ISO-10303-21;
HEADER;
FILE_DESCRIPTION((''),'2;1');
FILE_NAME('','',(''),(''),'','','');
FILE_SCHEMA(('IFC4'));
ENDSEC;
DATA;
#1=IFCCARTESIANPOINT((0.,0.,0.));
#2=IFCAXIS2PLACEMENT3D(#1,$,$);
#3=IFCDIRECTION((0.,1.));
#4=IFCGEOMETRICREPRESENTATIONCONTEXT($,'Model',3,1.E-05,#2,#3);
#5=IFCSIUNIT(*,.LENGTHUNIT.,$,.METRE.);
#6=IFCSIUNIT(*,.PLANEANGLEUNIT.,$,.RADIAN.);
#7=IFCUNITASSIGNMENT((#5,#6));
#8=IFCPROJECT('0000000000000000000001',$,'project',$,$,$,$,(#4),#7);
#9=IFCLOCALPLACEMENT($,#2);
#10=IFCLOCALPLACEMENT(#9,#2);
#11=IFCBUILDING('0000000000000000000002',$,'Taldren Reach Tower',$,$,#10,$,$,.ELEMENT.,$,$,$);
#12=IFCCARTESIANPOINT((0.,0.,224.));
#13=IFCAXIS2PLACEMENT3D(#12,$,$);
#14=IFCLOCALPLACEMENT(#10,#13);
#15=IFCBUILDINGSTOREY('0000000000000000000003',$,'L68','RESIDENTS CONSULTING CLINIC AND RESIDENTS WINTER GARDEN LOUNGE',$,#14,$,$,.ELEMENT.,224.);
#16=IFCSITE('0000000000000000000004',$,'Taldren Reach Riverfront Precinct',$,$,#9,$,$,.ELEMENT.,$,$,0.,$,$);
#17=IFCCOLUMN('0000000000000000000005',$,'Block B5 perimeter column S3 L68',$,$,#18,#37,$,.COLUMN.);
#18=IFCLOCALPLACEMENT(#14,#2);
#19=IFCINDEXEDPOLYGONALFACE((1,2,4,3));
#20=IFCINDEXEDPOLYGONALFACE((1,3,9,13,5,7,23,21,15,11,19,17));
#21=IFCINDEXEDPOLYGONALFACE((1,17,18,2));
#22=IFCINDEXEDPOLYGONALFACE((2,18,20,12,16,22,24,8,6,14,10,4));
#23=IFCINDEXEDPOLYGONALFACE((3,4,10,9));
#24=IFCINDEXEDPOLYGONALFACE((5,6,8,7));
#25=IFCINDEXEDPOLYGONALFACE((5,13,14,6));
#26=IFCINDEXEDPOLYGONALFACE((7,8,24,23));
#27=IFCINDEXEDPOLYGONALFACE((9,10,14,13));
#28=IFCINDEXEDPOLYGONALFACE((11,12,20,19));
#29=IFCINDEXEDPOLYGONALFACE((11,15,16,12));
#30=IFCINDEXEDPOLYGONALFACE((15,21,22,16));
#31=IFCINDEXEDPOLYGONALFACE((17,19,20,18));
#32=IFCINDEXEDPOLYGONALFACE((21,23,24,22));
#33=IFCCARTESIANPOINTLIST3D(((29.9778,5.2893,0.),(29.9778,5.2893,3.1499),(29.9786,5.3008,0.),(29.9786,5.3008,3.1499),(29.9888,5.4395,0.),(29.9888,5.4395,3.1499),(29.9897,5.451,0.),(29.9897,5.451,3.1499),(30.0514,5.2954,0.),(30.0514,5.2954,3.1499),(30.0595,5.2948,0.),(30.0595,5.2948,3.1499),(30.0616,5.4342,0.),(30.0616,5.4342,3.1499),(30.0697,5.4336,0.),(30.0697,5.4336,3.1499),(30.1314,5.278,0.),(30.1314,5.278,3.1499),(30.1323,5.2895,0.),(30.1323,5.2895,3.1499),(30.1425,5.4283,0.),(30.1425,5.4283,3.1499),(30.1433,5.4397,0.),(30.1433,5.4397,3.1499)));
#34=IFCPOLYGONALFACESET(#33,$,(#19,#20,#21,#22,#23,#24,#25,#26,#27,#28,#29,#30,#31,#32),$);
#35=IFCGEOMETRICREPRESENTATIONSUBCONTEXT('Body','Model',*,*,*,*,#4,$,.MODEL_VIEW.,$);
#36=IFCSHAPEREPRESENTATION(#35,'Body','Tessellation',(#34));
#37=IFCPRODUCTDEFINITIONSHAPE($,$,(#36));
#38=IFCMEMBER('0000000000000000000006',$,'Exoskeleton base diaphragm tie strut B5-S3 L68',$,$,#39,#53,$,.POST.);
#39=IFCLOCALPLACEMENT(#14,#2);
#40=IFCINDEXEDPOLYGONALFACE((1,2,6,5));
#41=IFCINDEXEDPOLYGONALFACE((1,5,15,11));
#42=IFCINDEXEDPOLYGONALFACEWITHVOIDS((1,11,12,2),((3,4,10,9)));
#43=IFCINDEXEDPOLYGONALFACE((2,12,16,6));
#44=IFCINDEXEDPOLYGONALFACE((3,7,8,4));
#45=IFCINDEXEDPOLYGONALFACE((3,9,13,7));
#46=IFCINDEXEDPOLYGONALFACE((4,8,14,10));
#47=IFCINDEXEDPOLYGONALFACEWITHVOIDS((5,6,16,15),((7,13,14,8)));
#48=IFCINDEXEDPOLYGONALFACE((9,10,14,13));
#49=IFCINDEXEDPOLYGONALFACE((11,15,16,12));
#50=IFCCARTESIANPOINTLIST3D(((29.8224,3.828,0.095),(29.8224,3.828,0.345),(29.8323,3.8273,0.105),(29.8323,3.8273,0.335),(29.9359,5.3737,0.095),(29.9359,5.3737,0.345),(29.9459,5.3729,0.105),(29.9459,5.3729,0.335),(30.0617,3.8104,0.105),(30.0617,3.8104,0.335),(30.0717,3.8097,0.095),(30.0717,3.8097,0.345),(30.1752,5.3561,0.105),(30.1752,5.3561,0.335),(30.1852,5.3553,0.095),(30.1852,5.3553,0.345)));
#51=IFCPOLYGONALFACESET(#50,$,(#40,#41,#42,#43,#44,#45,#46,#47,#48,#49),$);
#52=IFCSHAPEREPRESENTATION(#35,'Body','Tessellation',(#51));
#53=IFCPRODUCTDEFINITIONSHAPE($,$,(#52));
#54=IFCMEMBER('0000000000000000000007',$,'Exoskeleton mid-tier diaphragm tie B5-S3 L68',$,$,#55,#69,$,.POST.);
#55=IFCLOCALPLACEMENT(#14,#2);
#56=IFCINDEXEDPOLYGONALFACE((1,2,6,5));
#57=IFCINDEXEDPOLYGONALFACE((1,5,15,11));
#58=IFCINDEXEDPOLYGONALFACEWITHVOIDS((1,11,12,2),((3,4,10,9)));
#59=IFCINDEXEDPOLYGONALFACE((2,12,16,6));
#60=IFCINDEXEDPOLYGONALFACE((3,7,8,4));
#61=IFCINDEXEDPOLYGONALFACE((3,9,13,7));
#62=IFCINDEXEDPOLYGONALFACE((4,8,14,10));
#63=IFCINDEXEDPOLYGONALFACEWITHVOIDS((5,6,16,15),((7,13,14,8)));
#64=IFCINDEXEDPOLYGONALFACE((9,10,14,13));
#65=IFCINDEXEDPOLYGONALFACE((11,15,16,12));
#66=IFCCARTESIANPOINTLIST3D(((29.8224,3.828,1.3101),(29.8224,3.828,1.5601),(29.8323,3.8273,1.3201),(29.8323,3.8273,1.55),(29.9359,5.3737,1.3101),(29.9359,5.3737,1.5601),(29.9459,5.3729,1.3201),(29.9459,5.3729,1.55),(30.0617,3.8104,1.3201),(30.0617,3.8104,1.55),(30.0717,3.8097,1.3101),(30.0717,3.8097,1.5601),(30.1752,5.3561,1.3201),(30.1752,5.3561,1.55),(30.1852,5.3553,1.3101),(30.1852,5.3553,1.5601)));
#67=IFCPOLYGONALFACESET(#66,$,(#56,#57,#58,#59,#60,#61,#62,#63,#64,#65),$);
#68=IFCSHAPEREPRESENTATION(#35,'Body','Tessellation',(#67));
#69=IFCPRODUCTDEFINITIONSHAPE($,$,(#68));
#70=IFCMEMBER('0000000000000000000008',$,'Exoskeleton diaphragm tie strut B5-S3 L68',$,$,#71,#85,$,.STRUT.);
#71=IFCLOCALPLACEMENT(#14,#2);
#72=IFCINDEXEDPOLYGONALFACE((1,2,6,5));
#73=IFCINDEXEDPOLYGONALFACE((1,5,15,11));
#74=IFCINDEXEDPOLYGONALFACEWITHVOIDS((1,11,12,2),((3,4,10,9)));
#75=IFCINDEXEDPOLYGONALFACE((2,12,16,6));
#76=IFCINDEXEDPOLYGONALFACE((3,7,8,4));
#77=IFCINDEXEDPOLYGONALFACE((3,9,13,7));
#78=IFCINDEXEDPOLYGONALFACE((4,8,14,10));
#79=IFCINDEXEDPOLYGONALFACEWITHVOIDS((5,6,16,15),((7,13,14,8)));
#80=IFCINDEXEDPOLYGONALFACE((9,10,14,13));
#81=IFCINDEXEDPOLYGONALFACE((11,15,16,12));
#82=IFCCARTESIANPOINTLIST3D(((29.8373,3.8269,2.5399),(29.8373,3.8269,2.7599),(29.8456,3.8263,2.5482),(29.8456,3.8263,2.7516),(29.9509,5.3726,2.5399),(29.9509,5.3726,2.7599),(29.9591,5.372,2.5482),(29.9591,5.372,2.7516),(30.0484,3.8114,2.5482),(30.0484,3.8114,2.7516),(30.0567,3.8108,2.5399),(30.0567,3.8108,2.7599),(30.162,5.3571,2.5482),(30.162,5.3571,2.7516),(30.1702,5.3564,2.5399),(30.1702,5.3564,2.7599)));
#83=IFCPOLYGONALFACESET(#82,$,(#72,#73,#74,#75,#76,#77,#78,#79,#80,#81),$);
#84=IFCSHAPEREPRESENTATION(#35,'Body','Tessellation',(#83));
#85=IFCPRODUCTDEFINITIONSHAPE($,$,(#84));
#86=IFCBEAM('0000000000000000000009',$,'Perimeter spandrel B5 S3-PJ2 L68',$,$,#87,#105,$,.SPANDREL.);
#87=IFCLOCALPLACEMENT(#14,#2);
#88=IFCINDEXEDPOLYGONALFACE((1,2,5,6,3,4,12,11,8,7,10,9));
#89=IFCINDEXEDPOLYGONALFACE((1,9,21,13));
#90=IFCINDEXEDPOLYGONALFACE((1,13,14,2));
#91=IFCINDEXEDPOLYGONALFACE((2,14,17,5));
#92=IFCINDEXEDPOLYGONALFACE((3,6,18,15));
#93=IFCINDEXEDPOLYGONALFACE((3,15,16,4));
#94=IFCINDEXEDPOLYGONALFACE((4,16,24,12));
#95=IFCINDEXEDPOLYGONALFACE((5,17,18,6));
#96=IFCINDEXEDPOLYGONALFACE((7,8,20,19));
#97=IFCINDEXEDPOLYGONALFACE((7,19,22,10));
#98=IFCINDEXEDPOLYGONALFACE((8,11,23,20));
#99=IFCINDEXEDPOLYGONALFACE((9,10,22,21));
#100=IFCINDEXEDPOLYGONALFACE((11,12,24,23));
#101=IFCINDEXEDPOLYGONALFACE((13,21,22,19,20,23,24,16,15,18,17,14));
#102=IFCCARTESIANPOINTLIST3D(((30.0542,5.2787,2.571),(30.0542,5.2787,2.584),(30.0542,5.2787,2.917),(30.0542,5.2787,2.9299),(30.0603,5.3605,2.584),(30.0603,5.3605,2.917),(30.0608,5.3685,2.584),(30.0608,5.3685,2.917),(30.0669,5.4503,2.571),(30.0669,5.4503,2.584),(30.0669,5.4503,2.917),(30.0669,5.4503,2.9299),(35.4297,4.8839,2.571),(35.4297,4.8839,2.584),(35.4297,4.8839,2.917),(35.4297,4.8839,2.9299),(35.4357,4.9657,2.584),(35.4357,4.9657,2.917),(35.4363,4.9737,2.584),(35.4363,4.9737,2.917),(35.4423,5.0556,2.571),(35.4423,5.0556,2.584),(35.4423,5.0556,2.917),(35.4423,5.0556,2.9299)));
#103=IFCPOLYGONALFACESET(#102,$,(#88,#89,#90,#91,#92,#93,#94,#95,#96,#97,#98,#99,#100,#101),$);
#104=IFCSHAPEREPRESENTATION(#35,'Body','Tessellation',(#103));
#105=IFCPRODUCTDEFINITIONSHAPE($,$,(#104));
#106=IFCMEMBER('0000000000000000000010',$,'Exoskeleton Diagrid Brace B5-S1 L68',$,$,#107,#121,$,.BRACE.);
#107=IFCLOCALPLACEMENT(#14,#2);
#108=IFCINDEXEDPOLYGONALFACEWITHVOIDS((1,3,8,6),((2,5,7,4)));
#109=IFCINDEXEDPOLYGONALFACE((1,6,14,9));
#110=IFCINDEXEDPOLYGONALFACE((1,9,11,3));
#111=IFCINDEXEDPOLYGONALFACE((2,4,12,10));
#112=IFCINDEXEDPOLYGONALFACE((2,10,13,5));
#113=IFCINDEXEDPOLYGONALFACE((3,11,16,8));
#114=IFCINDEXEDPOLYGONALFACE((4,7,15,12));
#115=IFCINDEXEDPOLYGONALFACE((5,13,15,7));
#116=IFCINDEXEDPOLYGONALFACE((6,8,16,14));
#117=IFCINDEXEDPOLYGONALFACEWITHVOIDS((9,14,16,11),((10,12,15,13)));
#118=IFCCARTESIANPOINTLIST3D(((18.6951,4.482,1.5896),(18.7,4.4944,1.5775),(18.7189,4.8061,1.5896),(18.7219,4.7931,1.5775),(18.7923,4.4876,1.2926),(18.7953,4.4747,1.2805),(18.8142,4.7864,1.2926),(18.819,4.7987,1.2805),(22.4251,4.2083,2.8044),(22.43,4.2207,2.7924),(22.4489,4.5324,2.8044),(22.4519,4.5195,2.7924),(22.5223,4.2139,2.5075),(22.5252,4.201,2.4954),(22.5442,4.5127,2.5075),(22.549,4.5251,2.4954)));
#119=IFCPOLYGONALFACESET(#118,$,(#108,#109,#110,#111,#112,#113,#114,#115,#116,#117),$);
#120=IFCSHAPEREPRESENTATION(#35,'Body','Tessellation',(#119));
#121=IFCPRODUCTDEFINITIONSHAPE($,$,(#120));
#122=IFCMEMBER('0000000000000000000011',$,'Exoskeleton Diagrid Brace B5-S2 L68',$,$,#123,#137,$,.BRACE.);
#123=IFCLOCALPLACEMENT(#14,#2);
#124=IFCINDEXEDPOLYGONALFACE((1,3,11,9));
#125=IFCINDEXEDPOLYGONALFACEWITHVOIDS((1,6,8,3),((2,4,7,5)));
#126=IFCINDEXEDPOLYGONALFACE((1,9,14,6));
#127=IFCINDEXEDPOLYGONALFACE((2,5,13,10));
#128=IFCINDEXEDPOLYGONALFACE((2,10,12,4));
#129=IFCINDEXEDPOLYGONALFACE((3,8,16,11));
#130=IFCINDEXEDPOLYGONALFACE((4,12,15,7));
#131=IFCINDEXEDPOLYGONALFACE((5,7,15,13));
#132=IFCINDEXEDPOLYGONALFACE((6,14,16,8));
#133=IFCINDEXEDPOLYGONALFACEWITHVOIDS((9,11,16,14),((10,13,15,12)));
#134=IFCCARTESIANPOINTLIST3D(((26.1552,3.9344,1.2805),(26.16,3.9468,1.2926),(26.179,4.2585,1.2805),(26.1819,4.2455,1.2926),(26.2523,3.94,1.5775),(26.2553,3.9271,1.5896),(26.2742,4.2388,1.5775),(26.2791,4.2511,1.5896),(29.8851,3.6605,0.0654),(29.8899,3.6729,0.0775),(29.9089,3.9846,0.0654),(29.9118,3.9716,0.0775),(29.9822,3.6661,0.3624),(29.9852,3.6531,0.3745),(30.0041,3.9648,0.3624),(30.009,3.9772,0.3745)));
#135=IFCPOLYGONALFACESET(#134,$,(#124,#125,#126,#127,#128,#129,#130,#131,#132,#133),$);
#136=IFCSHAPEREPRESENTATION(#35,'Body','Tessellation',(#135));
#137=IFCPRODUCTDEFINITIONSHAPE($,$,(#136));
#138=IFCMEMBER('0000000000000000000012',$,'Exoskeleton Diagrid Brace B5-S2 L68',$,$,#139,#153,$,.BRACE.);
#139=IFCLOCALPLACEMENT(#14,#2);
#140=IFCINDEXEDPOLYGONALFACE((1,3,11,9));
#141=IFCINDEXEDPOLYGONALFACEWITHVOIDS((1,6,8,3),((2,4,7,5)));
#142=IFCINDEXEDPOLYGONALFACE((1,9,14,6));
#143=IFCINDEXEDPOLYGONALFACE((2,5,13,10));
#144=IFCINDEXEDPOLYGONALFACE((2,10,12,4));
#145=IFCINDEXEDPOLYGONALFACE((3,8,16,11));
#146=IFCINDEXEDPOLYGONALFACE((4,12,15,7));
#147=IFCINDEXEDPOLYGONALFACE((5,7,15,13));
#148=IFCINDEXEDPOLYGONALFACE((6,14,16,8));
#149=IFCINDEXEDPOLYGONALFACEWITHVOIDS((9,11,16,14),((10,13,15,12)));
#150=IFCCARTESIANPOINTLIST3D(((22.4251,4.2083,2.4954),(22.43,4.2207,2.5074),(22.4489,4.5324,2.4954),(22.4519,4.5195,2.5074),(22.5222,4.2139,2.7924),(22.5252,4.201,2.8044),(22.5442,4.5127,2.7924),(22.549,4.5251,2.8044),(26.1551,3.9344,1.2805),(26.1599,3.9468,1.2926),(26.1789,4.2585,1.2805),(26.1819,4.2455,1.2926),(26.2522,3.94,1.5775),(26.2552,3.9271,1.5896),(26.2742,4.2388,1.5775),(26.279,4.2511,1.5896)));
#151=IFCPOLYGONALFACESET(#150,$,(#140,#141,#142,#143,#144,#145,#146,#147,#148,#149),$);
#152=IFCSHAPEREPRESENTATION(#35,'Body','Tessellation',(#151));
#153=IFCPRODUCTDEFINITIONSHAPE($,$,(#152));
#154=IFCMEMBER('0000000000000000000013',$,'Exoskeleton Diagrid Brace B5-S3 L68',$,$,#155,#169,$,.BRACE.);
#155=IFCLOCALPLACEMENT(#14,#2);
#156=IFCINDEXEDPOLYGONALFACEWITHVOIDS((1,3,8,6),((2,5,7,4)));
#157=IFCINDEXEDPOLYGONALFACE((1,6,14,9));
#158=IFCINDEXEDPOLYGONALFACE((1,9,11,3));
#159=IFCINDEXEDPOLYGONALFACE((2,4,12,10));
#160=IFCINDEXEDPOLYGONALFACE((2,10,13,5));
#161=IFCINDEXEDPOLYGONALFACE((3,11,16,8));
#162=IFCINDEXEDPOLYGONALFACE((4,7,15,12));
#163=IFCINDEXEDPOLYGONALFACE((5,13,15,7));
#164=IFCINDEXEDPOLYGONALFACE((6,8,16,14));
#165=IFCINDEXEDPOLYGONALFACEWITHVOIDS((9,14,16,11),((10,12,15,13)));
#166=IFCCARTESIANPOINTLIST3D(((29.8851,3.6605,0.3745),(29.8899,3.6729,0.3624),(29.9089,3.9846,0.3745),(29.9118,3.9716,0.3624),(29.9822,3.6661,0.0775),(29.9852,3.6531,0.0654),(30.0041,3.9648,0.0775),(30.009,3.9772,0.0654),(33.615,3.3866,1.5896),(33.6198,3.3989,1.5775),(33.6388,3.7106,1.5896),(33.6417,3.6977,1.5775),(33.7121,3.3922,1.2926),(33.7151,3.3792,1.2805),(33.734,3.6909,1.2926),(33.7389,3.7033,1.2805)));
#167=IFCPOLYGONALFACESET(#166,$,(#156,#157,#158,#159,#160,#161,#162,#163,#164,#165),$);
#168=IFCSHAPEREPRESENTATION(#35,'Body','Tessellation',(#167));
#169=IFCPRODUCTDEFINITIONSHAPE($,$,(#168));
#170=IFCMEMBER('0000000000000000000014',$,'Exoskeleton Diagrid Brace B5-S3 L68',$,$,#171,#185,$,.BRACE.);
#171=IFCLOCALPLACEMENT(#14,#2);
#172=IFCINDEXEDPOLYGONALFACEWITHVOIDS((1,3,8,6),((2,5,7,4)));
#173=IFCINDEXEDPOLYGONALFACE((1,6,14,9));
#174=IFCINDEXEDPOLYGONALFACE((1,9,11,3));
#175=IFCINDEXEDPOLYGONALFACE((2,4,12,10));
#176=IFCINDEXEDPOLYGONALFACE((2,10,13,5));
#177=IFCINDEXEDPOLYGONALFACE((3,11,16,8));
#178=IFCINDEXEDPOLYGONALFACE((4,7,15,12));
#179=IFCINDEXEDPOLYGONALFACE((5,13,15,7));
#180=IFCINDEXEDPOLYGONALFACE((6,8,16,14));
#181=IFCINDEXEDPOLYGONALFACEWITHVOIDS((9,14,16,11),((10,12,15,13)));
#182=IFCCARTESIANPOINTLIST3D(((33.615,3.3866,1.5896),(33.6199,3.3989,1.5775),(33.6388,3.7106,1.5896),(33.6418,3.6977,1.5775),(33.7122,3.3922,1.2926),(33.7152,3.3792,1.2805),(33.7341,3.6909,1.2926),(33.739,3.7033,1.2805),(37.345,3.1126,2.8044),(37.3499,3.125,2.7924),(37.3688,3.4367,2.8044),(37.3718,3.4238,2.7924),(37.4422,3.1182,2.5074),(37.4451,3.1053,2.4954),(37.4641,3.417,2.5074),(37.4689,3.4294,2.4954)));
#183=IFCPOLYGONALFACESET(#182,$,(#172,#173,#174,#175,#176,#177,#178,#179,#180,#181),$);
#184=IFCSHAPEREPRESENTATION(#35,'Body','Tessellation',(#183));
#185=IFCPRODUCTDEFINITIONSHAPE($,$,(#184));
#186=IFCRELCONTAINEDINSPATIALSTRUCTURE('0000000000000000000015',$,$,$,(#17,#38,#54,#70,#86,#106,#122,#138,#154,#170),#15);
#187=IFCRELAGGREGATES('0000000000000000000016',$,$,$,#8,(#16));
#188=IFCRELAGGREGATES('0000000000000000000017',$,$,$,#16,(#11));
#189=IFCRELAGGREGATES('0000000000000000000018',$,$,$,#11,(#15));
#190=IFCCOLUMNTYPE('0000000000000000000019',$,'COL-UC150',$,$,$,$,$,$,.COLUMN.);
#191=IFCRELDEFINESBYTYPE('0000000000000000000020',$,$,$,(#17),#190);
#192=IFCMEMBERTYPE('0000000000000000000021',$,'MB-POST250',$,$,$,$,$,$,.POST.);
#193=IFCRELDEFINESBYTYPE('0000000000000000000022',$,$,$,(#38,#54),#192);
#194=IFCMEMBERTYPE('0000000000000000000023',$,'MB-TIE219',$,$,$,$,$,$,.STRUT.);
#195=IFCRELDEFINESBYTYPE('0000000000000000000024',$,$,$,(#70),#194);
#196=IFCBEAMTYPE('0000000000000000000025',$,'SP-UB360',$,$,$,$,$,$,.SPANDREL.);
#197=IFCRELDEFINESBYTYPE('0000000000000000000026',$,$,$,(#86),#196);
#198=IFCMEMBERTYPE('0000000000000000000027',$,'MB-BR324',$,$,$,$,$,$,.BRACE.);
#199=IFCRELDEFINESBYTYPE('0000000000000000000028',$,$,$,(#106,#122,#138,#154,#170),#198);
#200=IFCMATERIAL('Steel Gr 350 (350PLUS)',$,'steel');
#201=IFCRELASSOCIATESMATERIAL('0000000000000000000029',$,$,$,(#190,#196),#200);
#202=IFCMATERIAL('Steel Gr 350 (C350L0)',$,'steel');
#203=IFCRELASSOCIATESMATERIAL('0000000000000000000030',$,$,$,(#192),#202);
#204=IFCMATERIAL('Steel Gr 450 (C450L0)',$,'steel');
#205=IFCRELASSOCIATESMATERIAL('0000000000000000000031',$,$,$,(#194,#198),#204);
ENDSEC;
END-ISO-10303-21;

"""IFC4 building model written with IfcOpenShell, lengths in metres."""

from ifc_helpers import new_model, si_unit, direction, frame, origin, origin_2d, place, context, subcontext, project, spatial, hollow_rectangle, i_section, extrude, source, transform, mapped, material, material_profile, profile_set, type_object, element, save


model = new_model("IFC4")

# Units and contexts
model_context = context("Model", 3, precision=1e-05, world=origin(), true_north=direction((0.0, 1.0)))
body_context = subcontext(model_context, "Body", "Model", "MODEL_VIEW")
ifc_project = project(units=[si_unit("LENGTHUNIT", "METRE"), si_unit("PLANEANGLEUNIT", "RADIAN")], contexts=[model_context])

# Site, building, storey
site_placement = place(None, origin())
site = spatial("IfcSite", under=ifc_project, at=site_placement, Name="Taldren Reach Riverfront Precinct", CompositionType="ELEMENT", RefElevation=0.0)
building_placement = place(site_placement, origin())
building = spatial("IfcBuilding", under=site, at=building_placement, Name="Taldren Reach Tower", CompositionType="ELEMENT")
storey_placement = place(building_placement, frame((0.0, 0.0, 224.0)))
storey = spatial("IfcBuildingStorey", under=building, at=storey_placement, Name="L68", Description="RESIDENTS CONSULTING CLINIC AND RESIDENTS WINTER GARDEN LOUNGE", CompositionType="ELEMENT", Elevation=224.0)

# Column
ifc_material_1 = material(Name="Steel Gr 350 (350PLUS)", Category="steel")
ifc_material_profile_1 = material_profile(ifc_material_1, i_section(OverallWidth=0.1541, OverallDepth=0.1621, WebThickness=0.0081, FlangeThickness=0.0115, at=origin_2d()), Name="150UC37.2")
ifc_profile_set_1 = profile_set([ifc_material_profile_1], Name="Steel Gr 350 (350PLUS)")
column_type = type_object("IfcColumnType", Name="COL-UC150", PredefinedType="COLUMN", material=ifc_profile_set_1)
shared_shape_1 = source(origin(), body_context, "Body", "SweptSolid", [
    extrude(i_section(OverallWidth=0.1541, OverallDepth=0.1621, WebThickness=0.0081, FlangeThickness=0.0115, at=origin_2d()), origin(), (0.0, 0.0, 1.0), 3.1499),
])
column_placement = place(storey_placement, frame((30.0605, 5.3645, 0.0), z_axis=(0.0, 0.0, 1.0), x_axis=(0.997314, -0.073238, 0.0)))
element("IfcColumn", 1, at=column_placement, inside=storey, type_object=column_type, Name="Block B5 perimeter column S3 L68", PredefinedType="COLUMN", context=body_context, shape_type="MappedRepresentation", body=[
    mapped(shared_shape_1, transform((0.0, 0.0, 0.0), scale=1.0)),
])

# Members
ifc_material_2 = material(Name="Steel Gr 350 (C350L0)", Category="steel")
ifc_material_profile_2 = material_profile(ifc_material_2, hollow_rectangle(XDim=0.25, YDim=0.25, WallThickness=0.01, at=origin_2d()), Name="250x250x10.0SHS")
ifc_profile_set_2 = profile_set([ifc_material_profile_2], Name="Steel Gr 350 (C350L0)")
member_type_1 = type_object("IfcMemberType", Name="MB-POST250", PredefinedType="POST", material=ifc_profile_set_2)
shared_shape_2 = source(origin(), body_context, "Body", "SweptSolid", [
    extrude(hollow_rectangle(XDim=0.25, YDim=0.25, WallThickness=0.01, at=origin_2d()), origin(), (0.0, 0.0, 1.0), 1.5498),
])
for number, where, z_axis, x_axis, name in (
    (2, (30.0605, 5.3645, 0.22), (-0.073251, -0.997314, 0.0), (0.997314, -0.073251, 0.0), "Exoskeleton base diaphragm tie strut B5-S3 L68"),
    (3, (30.0605, 5.3645, 1.4351), (-0.073251, -0.997314, 0.0), (0.997314, -0.073251, 0.0), "Exoskeleton mid-tier diaphragm tie B5-S3 L68"),
):
    element("IfcMember", number, at=place(storey_placement, frame(where, z_axis=z_axis, x_axis=x_axis)), inside=storey, type_object=member_type_1, Name=name, PredefinedType="POST", context=body_context, shape_type="MappedRepresentation", body=[
        mapped(shared_shape_2, transform((0.0, 0.0, 0.0), scale=1.0)),
    ])
ifc_material_3 = material(Name="Steel Gr 450 (C450L0)", Category="steel")
ifc_material_profile_3 = material_profile(ifc_material_3, hollow_rectangle(XDim=0.22, YDim=0.22, WallThickness=0.0083, at=origin_2d()), Name="220x220x8.2SHS")
ifc_profile_set_3 = profile_set([ifc_material_profile_3], Name="Steel Gr 450 (C450L0)")
member_type_2 = type_object("IfcMemberType", Name="MB-TIE219", PredefinedType="STRUT", material=ifc_profile_set_3)
shared_shape_3 = source(origin(), body_context, "Body", "SweptSolid", [
    extrude(hollow_rectangle(XDim=0.22, YDim=0.22, WallThickness=0.0083, at=origin_2d()), origin(), (0.0, 0.0, 1.0), 1.5498),
])
member_1_placement = place(storey_placement, frame((30.0605, 5.3645, 2.6499), z_axis=(-0.073251, -0.997314, 0.0), x_axis=(0.997314, -0.073251, 0.0)))
element("IfcMember", 4, at=member_1_placement, inside=storey, type_object=member_type_2, Name="Exoskeleton diaphragm tie strut B5-S3 L68", PredefinedType="STRUT", context=body_context, shape_type="MappedRepresentation", body=[
    mapped(shared_shape_3, transform((0.0, 0.0, 0.0), scale=1.0)),
])

# Beam
ifc_material_profile_4 = material_profile(ifc_material_1, i_section(OverallWidth=0.1721, OverallDepth=0.3589, WebThickness=0.0081, FlangeThickness=0.0129, at=origin_2d()), Name="360UB56.7")
ifc_profile_set_4 = profile_set([ifc_material_profile_4], Name="Steel Gr 350 (350PLUS)")
beam_type = type_object("IfcBeamType", Name="SP-UB360", PredefinedType="SPANDREL", material=ifc_profile_set_4)
shared_shape_4 = source(origin(), body_context, "Body", "SweptSolid", [
    extrude(i_section(OverallWidth=0.1721, OverallDepth=0.3589, WebThickness=0.0081, FlangeThickness=0.0129, at=origin_2d()), origin(), (0.0, 0.0, 1.0), 5.3899),
])
beam_placement = place(storey_placement, frame((30.0605, 5.3645, 2.7505), z_axis=(0.997314, -0.073243, 0.0), x_axis=(0.073243, 0.997314, 0.0)))
element("IfcBeam", 5, at=beam_placement, inside=storey, type_object=beam_type, Name="Perimeter spandrel B5 S3-PJ2 L68", PredefinedType="SPANDREL", context=body_context, shape_type="MappedRepresentation", body=[
    mapped(shared_shape_4, transform((0.0, 0.0, 0.0), scale=1.0)),
])

# Members
ifc_material_profile_5 = material_profile(ifc_material_3, hollow_rectangle(XDim=0.325, YDim=0.325, WallThickness=0.0127, at=origin_2d()), Name="325x325x12.7SHS")
ifc_profile_set_5 = profile_set([ifc_material_profile_5], Name="Steel Gr 450 (C450L0)")
member_type_3 = type_object("IfcMemberType", Name="MB-BR324", PredefinedType="BRACE", material=ifc_profile_set_5)
shared_shape_5 = source(origin(), body_context, "Body", "SweptSolid", [
    extrude(hollow_rectangle(XDim=0.325, YDim=0.325, WallThickness=0.0127, at=origin_2d()), origin(), (0.0, 0.0, 1.0), 3.9324),
])
for number, where, z_axis, x_axis, name in (
    (6, (18.7571, 4.6404, 1.4351), (0.948533, -0.069597, 0.308935), (0.073177, 0.997319, 0.0), "Exoskeleton Diagrid Brace B5-S1 L68"),
    (7, (29.947, 3.8188, 0.22), (-0.948511, 0.069658, 0.308989), (-0.073242, -0.997314, 0.0), "Exoskeleton Diagrid Brace B5-S2 L68"),
    (8, (26.217, 4.0928, 1.4351), (-0.948529, 0.069659, 0.308933), (-0.073242, -0.997314, 0.0), "Exoskeleton Diagrid Brace B5-S2 L68"),
    (9, (29.947, 3.8188, 0.22), (0.948511, -0.069658, 0.308989), (0.073242, 0.997314, 0.0), "Exoskeleton Diagrid Brace B5-S3 L68"),
    (10, (33.677, 3.5449, 1.4351), (0.948529, -0.069659, 0.308933), (0.073242, 0.997314, 0.0), "Exoskeleton Diagrid Brace B5-S3 L68"),
):
    element("IfcMember", number, at=place(storey_placement, frame(where, z_axis=z_axis, x_axis=x_axis)), inside=storey, type_object=member_type_3, Name=name, PredefinedType="BRACE", context=body_context, shape_type="MappedRepresentation", body=[
        mapped(shared_shape_5, transform((0.0, 0.0, 0.0), scale=1.0)),
    ])

save(model, "model.ifc")
